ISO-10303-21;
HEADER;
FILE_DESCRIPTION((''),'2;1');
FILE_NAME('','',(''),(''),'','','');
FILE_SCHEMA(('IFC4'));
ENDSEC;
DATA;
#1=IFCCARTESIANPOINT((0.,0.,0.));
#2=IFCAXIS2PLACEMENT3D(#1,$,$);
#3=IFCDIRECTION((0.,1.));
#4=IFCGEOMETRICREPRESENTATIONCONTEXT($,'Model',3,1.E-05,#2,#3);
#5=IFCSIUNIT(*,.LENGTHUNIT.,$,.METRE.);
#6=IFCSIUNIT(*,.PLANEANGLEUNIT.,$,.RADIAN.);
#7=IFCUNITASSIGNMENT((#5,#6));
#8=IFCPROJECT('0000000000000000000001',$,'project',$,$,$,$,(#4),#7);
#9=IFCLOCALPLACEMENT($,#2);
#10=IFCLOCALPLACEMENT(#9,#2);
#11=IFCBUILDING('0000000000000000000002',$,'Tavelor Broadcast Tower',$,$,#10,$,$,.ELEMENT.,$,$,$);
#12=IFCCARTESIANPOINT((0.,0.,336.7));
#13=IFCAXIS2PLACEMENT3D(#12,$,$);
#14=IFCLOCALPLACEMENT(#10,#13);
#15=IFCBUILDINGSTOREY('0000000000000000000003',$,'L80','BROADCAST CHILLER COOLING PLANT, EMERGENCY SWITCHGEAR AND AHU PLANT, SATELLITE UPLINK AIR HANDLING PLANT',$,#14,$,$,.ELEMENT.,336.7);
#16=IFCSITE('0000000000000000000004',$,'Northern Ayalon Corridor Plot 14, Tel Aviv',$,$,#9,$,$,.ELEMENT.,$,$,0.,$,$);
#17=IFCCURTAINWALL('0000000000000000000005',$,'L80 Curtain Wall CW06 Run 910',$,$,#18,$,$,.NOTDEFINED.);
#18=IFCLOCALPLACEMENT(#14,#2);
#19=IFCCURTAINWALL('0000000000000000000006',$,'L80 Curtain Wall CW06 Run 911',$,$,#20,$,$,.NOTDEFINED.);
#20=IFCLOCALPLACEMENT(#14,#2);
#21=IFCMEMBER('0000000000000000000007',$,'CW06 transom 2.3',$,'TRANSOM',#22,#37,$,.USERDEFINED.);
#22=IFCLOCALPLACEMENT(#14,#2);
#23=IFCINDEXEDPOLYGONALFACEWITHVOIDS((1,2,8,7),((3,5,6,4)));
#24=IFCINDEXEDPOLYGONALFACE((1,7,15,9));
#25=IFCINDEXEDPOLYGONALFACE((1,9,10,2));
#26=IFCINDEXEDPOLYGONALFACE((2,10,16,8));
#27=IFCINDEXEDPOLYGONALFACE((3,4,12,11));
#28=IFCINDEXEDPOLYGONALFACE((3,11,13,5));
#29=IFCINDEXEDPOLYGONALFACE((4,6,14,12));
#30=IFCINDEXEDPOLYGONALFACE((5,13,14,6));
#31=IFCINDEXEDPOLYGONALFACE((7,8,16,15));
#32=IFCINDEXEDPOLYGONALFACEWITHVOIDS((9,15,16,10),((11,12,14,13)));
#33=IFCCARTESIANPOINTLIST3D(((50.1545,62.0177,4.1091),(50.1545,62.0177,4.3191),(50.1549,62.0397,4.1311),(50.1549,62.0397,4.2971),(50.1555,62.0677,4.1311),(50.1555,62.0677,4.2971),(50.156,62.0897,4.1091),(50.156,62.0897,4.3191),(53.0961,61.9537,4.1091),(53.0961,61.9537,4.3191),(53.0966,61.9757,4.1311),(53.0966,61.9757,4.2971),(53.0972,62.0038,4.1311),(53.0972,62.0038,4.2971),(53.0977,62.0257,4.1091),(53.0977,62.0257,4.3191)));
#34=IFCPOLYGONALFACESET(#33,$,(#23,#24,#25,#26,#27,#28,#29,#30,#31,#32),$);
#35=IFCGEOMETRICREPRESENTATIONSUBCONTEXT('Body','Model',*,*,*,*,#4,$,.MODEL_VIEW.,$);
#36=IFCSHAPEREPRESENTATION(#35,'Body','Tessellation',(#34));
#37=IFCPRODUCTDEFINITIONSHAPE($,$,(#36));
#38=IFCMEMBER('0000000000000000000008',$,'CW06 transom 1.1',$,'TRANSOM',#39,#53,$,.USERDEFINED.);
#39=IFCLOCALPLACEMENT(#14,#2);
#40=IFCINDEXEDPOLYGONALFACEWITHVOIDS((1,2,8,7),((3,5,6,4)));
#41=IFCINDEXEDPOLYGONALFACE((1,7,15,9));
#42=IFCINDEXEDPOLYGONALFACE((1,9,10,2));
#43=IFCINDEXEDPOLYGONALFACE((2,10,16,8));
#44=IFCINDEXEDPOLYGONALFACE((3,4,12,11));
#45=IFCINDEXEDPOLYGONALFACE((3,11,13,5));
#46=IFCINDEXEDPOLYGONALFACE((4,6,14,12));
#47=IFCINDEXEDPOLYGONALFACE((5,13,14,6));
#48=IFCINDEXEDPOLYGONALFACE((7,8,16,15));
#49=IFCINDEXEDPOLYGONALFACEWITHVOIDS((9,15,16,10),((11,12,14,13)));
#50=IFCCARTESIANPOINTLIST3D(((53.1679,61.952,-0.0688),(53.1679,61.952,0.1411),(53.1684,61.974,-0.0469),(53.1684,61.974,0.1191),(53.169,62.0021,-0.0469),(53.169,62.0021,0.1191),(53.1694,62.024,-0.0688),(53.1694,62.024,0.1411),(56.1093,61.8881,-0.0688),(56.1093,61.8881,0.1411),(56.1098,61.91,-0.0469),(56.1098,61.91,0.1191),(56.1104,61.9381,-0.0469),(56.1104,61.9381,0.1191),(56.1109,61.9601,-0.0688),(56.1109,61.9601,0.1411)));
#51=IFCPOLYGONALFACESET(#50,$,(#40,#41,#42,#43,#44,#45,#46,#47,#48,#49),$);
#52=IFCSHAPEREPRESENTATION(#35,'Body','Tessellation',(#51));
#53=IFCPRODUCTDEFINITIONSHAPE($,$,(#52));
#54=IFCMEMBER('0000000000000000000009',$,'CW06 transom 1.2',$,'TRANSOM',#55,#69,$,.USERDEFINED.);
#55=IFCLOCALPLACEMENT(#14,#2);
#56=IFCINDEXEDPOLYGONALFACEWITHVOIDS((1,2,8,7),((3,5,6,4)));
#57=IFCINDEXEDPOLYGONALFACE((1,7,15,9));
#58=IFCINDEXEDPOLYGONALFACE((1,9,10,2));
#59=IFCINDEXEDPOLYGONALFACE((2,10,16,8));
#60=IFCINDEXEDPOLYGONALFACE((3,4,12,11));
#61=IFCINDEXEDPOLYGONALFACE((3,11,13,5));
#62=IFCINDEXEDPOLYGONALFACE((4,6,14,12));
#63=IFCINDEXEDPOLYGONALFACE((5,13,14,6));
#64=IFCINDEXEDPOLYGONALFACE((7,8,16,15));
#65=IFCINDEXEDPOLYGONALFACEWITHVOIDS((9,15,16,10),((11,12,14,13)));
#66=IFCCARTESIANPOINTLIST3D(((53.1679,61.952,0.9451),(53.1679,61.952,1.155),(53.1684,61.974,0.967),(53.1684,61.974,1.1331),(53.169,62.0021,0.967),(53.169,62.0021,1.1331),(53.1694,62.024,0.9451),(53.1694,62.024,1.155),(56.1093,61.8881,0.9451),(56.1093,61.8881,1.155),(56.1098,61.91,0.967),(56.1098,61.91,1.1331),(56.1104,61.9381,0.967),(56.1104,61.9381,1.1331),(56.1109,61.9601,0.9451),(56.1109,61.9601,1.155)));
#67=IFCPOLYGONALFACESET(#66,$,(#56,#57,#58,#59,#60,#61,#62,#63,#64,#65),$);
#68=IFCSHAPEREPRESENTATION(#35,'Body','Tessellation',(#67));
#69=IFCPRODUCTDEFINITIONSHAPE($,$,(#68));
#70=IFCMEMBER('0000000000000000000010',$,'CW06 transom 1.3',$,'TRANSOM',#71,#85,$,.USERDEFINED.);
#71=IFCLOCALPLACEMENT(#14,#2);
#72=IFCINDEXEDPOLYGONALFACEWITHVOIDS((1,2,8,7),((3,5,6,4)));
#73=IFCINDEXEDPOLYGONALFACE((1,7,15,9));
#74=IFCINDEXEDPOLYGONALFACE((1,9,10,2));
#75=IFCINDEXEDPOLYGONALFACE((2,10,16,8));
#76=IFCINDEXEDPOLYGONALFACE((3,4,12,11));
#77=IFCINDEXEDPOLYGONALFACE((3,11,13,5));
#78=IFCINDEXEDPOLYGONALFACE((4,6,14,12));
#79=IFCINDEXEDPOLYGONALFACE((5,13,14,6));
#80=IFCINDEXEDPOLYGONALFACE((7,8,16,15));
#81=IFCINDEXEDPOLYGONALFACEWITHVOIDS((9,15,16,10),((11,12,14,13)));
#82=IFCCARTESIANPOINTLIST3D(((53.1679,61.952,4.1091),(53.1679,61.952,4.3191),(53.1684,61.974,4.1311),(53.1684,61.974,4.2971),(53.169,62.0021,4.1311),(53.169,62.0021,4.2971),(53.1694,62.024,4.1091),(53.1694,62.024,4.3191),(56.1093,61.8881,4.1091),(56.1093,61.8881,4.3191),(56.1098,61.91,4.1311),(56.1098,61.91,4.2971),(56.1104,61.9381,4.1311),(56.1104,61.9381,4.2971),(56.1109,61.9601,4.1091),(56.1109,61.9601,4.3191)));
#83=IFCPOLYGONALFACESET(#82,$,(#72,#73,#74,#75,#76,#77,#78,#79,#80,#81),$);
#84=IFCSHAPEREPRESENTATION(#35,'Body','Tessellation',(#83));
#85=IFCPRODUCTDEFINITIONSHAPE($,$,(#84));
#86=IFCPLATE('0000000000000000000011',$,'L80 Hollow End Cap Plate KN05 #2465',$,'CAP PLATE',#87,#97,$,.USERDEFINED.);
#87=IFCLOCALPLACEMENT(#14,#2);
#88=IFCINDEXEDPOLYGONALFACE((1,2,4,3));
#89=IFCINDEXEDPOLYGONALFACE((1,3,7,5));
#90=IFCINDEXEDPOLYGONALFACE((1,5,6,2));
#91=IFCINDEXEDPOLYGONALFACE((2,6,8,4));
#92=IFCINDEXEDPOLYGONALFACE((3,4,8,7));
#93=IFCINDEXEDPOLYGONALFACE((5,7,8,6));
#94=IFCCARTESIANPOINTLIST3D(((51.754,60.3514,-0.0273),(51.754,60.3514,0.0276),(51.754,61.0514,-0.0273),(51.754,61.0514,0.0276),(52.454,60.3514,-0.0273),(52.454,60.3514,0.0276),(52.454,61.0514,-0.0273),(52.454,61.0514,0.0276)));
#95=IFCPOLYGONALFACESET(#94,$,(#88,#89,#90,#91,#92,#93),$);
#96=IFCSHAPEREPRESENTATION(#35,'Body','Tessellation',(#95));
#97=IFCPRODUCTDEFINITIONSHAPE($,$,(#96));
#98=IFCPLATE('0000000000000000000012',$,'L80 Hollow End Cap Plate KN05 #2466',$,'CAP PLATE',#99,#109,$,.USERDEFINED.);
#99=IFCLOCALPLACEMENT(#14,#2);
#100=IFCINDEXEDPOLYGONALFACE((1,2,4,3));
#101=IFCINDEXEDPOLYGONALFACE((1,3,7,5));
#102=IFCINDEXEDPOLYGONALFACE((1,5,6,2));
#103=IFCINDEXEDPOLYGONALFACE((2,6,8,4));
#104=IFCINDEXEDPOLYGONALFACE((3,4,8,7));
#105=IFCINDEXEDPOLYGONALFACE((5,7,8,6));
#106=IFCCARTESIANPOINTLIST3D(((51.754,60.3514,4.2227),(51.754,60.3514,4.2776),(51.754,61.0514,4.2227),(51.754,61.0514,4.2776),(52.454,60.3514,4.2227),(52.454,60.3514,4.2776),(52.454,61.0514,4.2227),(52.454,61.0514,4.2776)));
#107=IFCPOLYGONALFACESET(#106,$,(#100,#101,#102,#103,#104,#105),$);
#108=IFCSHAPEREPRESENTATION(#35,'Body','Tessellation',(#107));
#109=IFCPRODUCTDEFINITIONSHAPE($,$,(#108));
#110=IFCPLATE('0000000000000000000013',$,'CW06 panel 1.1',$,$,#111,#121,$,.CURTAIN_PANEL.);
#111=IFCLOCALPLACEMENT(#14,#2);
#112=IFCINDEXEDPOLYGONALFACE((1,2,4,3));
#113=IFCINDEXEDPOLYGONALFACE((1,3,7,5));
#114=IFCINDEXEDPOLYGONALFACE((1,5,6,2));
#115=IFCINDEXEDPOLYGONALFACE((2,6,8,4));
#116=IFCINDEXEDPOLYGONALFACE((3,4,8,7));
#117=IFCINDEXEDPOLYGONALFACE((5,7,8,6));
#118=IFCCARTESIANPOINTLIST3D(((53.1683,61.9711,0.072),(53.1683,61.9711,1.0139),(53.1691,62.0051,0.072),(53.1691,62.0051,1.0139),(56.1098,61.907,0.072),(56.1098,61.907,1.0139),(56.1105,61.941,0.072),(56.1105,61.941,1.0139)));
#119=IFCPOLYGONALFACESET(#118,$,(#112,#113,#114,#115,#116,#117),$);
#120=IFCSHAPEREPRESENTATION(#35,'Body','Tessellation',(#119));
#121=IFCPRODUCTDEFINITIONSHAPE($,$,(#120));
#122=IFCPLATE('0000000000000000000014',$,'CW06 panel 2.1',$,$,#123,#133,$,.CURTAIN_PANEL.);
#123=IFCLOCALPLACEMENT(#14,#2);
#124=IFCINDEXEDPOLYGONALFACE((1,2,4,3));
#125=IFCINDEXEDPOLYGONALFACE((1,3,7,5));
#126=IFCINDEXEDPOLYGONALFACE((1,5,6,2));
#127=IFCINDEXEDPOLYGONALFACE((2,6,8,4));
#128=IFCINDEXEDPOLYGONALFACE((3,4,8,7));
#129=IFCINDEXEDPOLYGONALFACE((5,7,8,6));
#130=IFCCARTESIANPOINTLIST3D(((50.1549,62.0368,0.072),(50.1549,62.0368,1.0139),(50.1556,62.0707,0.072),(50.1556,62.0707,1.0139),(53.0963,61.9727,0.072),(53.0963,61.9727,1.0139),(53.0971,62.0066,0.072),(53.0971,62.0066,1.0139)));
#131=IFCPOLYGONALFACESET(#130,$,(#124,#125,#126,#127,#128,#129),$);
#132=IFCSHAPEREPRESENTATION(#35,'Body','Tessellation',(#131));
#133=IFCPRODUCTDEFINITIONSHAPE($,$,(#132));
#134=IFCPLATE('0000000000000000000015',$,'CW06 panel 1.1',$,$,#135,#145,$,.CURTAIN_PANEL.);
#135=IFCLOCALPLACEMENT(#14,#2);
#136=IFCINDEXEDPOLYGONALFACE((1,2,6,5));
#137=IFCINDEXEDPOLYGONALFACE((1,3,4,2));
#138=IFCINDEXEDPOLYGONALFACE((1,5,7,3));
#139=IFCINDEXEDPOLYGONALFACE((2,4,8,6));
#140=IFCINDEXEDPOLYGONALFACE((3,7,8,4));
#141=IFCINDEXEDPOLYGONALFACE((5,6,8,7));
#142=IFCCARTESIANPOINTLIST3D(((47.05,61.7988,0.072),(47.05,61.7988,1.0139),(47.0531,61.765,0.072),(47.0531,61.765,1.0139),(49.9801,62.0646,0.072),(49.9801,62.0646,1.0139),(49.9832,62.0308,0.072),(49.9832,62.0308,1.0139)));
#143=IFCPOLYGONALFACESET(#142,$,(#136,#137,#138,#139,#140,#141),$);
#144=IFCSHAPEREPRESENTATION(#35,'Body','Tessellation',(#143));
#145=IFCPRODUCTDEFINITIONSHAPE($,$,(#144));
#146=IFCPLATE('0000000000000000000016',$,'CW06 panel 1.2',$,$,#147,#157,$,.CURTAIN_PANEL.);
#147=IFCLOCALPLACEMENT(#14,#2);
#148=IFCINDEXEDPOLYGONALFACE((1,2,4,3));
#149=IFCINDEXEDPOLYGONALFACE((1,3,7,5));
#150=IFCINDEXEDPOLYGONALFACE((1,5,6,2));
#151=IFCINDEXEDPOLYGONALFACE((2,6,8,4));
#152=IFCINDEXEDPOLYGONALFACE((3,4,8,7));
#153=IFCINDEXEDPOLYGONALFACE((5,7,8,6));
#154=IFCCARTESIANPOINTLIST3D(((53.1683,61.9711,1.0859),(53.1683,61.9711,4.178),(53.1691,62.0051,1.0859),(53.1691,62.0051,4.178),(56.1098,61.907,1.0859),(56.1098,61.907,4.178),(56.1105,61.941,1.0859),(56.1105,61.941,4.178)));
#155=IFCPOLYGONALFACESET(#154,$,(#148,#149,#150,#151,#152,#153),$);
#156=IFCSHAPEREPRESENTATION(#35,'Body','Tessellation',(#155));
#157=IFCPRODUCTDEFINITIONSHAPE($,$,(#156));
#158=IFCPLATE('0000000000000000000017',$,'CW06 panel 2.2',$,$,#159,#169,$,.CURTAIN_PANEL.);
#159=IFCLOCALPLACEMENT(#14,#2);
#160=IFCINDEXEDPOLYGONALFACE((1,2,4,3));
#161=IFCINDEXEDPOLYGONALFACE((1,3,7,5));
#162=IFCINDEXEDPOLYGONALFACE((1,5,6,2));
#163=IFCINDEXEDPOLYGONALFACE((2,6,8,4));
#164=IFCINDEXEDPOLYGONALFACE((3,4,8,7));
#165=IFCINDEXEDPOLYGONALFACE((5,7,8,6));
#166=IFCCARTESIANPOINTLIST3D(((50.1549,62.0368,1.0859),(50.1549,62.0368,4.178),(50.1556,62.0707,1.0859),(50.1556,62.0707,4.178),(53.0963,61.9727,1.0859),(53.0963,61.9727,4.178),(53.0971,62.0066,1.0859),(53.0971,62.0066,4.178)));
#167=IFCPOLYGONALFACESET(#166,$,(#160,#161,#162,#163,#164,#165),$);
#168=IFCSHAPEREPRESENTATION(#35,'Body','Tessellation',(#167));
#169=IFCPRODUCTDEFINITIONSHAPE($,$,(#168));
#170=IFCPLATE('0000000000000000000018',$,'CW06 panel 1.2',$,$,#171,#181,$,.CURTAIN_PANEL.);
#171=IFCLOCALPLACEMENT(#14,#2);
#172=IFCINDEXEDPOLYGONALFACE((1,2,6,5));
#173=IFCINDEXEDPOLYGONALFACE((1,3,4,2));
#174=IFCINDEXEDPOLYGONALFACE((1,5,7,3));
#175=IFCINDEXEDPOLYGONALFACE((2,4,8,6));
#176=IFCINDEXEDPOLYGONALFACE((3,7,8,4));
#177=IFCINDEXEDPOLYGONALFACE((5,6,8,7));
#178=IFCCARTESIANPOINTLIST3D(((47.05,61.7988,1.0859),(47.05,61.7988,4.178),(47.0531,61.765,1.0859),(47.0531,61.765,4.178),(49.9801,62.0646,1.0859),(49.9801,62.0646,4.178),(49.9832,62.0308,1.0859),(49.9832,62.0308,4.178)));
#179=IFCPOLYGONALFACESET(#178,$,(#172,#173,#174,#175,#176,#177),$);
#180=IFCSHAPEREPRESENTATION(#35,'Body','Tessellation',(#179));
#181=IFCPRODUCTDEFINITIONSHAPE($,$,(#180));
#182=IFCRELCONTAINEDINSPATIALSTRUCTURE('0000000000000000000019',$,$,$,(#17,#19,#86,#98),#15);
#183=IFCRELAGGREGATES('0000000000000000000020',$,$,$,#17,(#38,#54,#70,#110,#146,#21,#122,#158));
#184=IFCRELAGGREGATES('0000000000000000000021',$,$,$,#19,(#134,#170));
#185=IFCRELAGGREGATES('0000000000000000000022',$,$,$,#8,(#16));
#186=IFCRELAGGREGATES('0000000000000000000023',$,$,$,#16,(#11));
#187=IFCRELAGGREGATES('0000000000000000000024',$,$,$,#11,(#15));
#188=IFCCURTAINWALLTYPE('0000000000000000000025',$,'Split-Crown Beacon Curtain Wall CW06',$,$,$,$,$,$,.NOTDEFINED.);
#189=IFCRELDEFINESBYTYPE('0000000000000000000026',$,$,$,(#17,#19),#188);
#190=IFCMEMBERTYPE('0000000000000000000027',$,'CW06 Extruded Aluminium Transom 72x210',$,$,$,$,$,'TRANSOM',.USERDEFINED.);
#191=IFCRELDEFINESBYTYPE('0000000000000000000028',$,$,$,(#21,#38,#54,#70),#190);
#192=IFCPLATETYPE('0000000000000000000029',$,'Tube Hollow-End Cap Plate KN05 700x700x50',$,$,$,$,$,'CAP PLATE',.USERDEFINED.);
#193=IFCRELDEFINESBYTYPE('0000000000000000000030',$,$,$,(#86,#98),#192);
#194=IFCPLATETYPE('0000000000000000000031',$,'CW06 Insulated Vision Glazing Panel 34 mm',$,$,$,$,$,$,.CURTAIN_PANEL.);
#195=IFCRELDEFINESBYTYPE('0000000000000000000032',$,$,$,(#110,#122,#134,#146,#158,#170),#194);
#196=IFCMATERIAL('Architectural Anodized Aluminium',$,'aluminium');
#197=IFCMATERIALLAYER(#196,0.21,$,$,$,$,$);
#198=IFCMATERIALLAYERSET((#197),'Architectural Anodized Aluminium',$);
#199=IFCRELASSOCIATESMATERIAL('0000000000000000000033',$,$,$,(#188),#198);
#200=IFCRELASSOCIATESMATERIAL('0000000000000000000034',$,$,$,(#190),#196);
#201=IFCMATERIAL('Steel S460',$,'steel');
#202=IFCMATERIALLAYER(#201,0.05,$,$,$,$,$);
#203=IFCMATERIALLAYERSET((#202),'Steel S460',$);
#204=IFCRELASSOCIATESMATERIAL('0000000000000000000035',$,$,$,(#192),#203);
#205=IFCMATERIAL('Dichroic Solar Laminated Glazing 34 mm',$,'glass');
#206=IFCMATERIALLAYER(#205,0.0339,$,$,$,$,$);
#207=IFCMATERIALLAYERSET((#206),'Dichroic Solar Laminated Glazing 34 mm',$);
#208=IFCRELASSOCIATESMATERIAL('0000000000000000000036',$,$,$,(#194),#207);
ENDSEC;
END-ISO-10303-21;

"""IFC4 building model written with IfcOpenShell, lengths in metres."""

from ifc_helpers import new_model, si_unit, direction, frame, origin, origin_2d, place, context, subcontext, project, spatial, rectangle, hollow_rectangle, extrude, source, transform, mapped, material, layer, layer_set, material_profile, profile_set, type_object, type_shapes, element, aggregate, save


model = new_model("IFC4")

# Units and contexts
model_context = context("Model", 3, precision=1e-05, world=origin(), true_north=direction((0.0, 1.0)))
body_context = subcontext(model_context, "Body", "Model", "MODEL_VIEW")
ifc_project = project(units=[si_unit("LENGTHUNIT", "METRE"), si_unit("PLANEANGLEUNIT", "RADIAN")], contexts=[model_context])

# Site, building, storey
site_placement = place(None, origin())
site = spatial("IfcSite", under=ifc_project, at=site_placement, Name="Northern Ayalon Corridor Plot 14, Tel Aviv", CompositionType="ELEMENT", RefElevation=0.0)
building_placement = place(site_placement, origin())
building = spatial("IfcBuilding", under=site, at=building_placement, Name="Tavelor Broadcast Tower", CompositionType="ELEMENT")
storey_placement = place(building_placement, frame((0.0, 0.0, 336.7)))
storey = spatial("IfcBuildingStorey", under=building, at=storey_placement, Name="L80", Description="BROADCAST CHILLER COOLING PLANT, EMERGENCY SWITCHGEAR AND AHU PLANT, SATELLITE UPLINK AIR HANDLING PLANT", CompositionType="ELEMENT", Elevation=336.7)

# Curtain walls
ifc_material_1 = material(Name="Architectural Anodized Aluminium", Category="aluminium")
ifc_layer_1 = layer(ifc_material_1, 0.21)
ifc_layer_set_1 = layer_set([ifc_layer_1], Name="Architectural Anodized Aluminium")
curtain_wall_type = type_object("IfcCurtainWallType", Name="Split-Crown Beacon Curtain Wall CW06", PredefinedType="NOTDEFINED", material=ifc_layer_set_1)
curtain_wall_1_placement = place(storey_placement, origin())
curtain_wall_1 = element("IfcCurtainWall", 1, at=curtain_wall_1_placement, inside=storey, type_object=curtain_wall_type, Name="L80 Curtain Wall CW06 Run 910", PredefinedType="NOTDEFINED")
curtain_wall_2_placement = place(storey_placement, origin())
curtain_wall_2 = element("IfcCurtainWall", 2, at=curtain_wall_2_placement, inside=storey, type_object=curtain_wall_type, Name="L80 Curtain Wall CW06 Run 911", PredefinedType="NOTDEFINED")
ifc_material_profile_1 = material_profile(ifc_material_1, hollow_rectangle(XDim=0.072, YDim=0.21, WallThickness=0.022, at=origin_2d()), Name="RHS 72x210x22")
ifc_profile_set_1 = profile_set([ifc_material_profile_1], Name="Architectural Anodized Aluminium")
member_type_1 = type_object("IfcMemberType", Name="CW06 Extruded Aluminium Transom 72x210", ElementType="TRANSOM", PredefinedType="USERDEFINED", material=ifc_profile_set_1)

# Members
shared_shape_1 = source(origin(), body_context, "Body", "SweptSolid", [
    extrude(hollow_rectangle(XDim=0.072, YDim=0.21, WallThickness=0.022, at=origin_2d()), origin(), (0.0, 0.0, 1.0), 2.9424),
])
member_1_placement = place(storey_placement, frame((53.0969, 61.9897, 4.2141), z_axis=(-0.999764, 0.021739, 0.0), x_axis=(-0.021739, -0.999764, 0.0)))
member_1 = element("IfcMember", 3, at=member_1_placement, type_object=member_type_1, Name="CW06 transom 2.3", ObjectType="TRANSOM", PredefinedType="USERDEFINED", context=body_context, shape_type="MappedRepresentation", body=[
    mapped(shared_shape_1, transform((0.0, 0.0, 0.0), scale=1.0)),
])
shared_shape_2 = source(origin(), body_context, "Body", "SweptSolid", [
    extrude(hollow_rectangle(XDim=0.072, YDim=0.21, WallThickness=0.022, at=origin_2d()), origin(), (0.0, 0.0, 1.0), 2.9421),
])
member_2_placement = place(storey_placement, frame((56.1101, 61.9241, 0.0361), z_axis=(-0.999764, 0.021741, 0.0), x_axis=(-0.021741, -0.999764, 0.0)))
member_2 = element("IfcMember", 4, at=member_2_placement, type_object=member_type_1, Name="CW06 transom 1.1", ObjectType="TRANSOM", PredefinedType="USERDEFINED", context=body_context, shape_type="MappedRepresentation", body=[
    mapped(shared_shape_2, transform((0.0, 0.0, 0.0), scale=1.0)),
])
member_3_placement = place(storey_placement, frame((56.1101, 61.9241, 1.05), z_axis=(-0.999764, 0.021741, 0.0), x_axis=(-0.021741, -0.999764, 0.0)))
member_3 = element("IfcMember", 5, at=member_3_placement, type_object=member_type_1, Name="CW06 transom 1.2", ObjectType="TRANSOM", PredefinedType="USERDEFINED", context=body_context, shape_type="MappedRepresentation", body=[
    mapped(shared_shape_2, transform((0.0, 0.0, 0.0), scale=1.0)),
])
member_4_placement = place(storey_placement, frame((56.1101, 61.9241, 4.2141), z_axis=(-0.999764, 0.021741, 0.0), x_axis=(-0.021741, -0.999764, 0.0)))
member_4 = element("IfcMember", 6, at=member_4_placement, type_object=member_type_1, Name="CW06 transom 1.3", ObjectType="TRANSOM", PredefinedType="USERDEFINED", context=body_context, shape_type="MappedRepresentation", body=[
    mapped(shared_shape_2, transform((0.0, 0.0, 0.0), scale=1.0)),
])

# Plates
ifc_material_2 = material(Name="Steel S460", Category="steel")
ifc_layer_2 = layer(ifc_material_2, 0.05)
ifc_layer_set_2 = layer_set([ifc_layer_2], Name="Steel S460")
plate_type_1 = type_object("IfcPlateType", Name="Tube Hollow-End Cap Plate KN05 700x700x50", ElementType="CAP PLATE", PredefinedType="USERDEFINED", material=ifc_layer_set_2)
shared_shape_3 = source(origin(), body_context, "Body", "SweptSolid", [
    extrude(rectangle(XDim=0.7, YDim=0.7, at=origin_2d()), origin(), (0.0, 0.0, 1.0), 0.0549),
])
type_shapes(plate_type_1, [shared_shape_3])
for number, where, z_axis, x_axis, name in (
    (7, (52.104, 60.7014, -0.0273), (0.0, 0.0, 1.0), (1.0, 0.0, 0.0), "L80 Hollow End Cap Plate KN05 #2465"),
    (8, (52.104, 60.7014, 4.2227), (0.0, 0.0, 1.0), (1.0, 0.0, 0.0), "L80 Hollow End Cap Plate KN05 #2466"),
):
    element("IfcPlate", number, at=place(storey_placement, frame(where, z_axis=z_axis, x_axis=x_axis)), inside=storey, type_object=plate_type_1, Name=name, ObjectType="CAP PLATE", PredefinedType="USERDEFINED", context=body_context, shape_type="MappedRepresentation", body=[
        mapped(shared_shape_3, transform((0.0, 0.0, 0.0), scale=1.0)),
    ])

# Plates
ifc_material_3 = material(Name="Dichroic Solar Laminated Glazing 34 mm", Category="glass")
ifc_layer_3 = layer(ifc_material_3, 0.0339)
ifc_layer_set_3 = layer_set([ifc_layer_3], Name="Dichroic Solar Laminated Glazing 34 mm")
plate_type_2 = type_object("IfcPlateType", Name="CW06 Insulated Vision Glazing Panel 34 mm", PredefinedType="CURTAIN_PANEL", material=ifc_layer_set_3)
shared_shape_4 = source(origin(), body_context, "Body", "SweptSolid", [
    extrude(rectangle(XDim=2.9421, YDim=0.0339, at=origin_2d()), origin(), (0.0, 0.0, 1.0), 0.9419),
])
plate_1_placement = place(storey_placement, frame((54.6394, 61.9561, 0.072), z_axis=(0.0, 0.0, 1.0), x_axis=(-0.999763, 0.021786, 0.0)))
plate_1 = element("IfcPlate", 9, at=plate_1_placement, type_object=plate_type_2, Name="CW06 panel 1.1", PredefinedType="CURTAIN_PANEL", context=body_context, shape_type="MappedRepresentation", body=[
    mapped(shared_shape_4, transform((0.0, 0.0, 0.0), scale=1.0)),
])
plate_2_placement = place(storey_placement, frame((51.626, 62.0217, 0.072), z_axis=(0.0, 0.0, 1.0), x_axis=(-0.999763, 0.021786, 0.0)))
plate_2 = element("IfcPlate", 10, at=plate_2_placement, type_object=plate_type_2, Name="CW06 panel 2.1", PredefinedType="CURTAIN_PANEL", context=body_context, shape_type="MappedRepresentation", body=[
    mapped(shared_shape_4, transform((0.0, 0.0, 0.0), scale=1.0)),
])
plate_3_placement = place(storey_placement, frame((48.5166, 61.9148, 0.072), z_axis=(0.0, 0.0, 1.0), x_axis=(-0.99591, -0.090355, 0.0)))
plate_3 = element("IfcPlate", 11, at=plate_3_placement, type_object=plate_type_2, Name="CW06 panel 1.1", PredefinedType="CURTAIN_PANEL", context=body_context, shape_type="MappedRepresentation", body=[
    mapped(shared_shape_4, transform((0.0, 0.0, 0.0), scale=1.0)),
])
shared_shape_5 = source(origin(), body_context, "Body", "SweptSolid", [
    extrude(rectangle(XDim=2.9421, YDim=0.0339, at=origin_2d()), origin(), (0.0, 0.0, 1.0), 3.092),
])
type_shapes(plate_type_2, [shared_shape_4, shared_shape_5])
plate_4_placement = place(storey_placement, frame((54.6394, 61.9561, 1.0859), z_axis=(0.0, 0.0, 1.0), x_axis=(-0.999763, 0.021786, 0.0)))
plate_4 = element("IfcPlate", 12, at=plate_4_placement, type_object=plate_type_2, Name="CW06 panel 1.2", PredefinedType="CURTAIN_PANEL", context=body_context, shape_type="MappedRepresentation", body=[
    mapped(shared_shape_5, transform((0.0, 0.0, 0.0), scale=1.0)),
])
plate_5_placement = place(storey_placement, frame((51.626, 62.0217, 1.0859), z_axis=(0.0, 0.0, 1.0), x_axis=(-0.999763, 0.021786, 0.0)))
plate_5 = element("IfcPlate", 13, at=plate_5_placement, type_object=plate_type_2, Name="CW06 panel 2.2", PredefinedType="CURTAIN_PANEL", context=body_context, shape_type="MappedRepresentation", body=[
    mapped(shared_shape_5, transform((0.0, 0.0, 0.0), scale=1.0)),
])
aggregate(curtain_wall_1, [member_2, member_3, member_4, plate_1, plate_4, member_1, plate_2, plate_5])
plate_6_placement = place(storey_placement, frame((48.5166, 61.9148, 1.0859), z_axis=(0.0, 0.0, 1.0), x_axis=(-0.99591, -0.090355, 0.0)))
plate_6 = element("IfcPlate", 14, at=plate_6_placement, type_object=plate_type_2, Name="CW06 panel 1.2", PredefinedType="CURTAIN_PANEL", context=body_context, shape_type="MappedRepresentation", body=[
    mapped(shared_shape_5, transform((0.0, 0.0, 0.0), scale=1.0)),
])
aggregate(curtain_wall_2, [plate_3, plate_6])

save(model, "model.ifc")
